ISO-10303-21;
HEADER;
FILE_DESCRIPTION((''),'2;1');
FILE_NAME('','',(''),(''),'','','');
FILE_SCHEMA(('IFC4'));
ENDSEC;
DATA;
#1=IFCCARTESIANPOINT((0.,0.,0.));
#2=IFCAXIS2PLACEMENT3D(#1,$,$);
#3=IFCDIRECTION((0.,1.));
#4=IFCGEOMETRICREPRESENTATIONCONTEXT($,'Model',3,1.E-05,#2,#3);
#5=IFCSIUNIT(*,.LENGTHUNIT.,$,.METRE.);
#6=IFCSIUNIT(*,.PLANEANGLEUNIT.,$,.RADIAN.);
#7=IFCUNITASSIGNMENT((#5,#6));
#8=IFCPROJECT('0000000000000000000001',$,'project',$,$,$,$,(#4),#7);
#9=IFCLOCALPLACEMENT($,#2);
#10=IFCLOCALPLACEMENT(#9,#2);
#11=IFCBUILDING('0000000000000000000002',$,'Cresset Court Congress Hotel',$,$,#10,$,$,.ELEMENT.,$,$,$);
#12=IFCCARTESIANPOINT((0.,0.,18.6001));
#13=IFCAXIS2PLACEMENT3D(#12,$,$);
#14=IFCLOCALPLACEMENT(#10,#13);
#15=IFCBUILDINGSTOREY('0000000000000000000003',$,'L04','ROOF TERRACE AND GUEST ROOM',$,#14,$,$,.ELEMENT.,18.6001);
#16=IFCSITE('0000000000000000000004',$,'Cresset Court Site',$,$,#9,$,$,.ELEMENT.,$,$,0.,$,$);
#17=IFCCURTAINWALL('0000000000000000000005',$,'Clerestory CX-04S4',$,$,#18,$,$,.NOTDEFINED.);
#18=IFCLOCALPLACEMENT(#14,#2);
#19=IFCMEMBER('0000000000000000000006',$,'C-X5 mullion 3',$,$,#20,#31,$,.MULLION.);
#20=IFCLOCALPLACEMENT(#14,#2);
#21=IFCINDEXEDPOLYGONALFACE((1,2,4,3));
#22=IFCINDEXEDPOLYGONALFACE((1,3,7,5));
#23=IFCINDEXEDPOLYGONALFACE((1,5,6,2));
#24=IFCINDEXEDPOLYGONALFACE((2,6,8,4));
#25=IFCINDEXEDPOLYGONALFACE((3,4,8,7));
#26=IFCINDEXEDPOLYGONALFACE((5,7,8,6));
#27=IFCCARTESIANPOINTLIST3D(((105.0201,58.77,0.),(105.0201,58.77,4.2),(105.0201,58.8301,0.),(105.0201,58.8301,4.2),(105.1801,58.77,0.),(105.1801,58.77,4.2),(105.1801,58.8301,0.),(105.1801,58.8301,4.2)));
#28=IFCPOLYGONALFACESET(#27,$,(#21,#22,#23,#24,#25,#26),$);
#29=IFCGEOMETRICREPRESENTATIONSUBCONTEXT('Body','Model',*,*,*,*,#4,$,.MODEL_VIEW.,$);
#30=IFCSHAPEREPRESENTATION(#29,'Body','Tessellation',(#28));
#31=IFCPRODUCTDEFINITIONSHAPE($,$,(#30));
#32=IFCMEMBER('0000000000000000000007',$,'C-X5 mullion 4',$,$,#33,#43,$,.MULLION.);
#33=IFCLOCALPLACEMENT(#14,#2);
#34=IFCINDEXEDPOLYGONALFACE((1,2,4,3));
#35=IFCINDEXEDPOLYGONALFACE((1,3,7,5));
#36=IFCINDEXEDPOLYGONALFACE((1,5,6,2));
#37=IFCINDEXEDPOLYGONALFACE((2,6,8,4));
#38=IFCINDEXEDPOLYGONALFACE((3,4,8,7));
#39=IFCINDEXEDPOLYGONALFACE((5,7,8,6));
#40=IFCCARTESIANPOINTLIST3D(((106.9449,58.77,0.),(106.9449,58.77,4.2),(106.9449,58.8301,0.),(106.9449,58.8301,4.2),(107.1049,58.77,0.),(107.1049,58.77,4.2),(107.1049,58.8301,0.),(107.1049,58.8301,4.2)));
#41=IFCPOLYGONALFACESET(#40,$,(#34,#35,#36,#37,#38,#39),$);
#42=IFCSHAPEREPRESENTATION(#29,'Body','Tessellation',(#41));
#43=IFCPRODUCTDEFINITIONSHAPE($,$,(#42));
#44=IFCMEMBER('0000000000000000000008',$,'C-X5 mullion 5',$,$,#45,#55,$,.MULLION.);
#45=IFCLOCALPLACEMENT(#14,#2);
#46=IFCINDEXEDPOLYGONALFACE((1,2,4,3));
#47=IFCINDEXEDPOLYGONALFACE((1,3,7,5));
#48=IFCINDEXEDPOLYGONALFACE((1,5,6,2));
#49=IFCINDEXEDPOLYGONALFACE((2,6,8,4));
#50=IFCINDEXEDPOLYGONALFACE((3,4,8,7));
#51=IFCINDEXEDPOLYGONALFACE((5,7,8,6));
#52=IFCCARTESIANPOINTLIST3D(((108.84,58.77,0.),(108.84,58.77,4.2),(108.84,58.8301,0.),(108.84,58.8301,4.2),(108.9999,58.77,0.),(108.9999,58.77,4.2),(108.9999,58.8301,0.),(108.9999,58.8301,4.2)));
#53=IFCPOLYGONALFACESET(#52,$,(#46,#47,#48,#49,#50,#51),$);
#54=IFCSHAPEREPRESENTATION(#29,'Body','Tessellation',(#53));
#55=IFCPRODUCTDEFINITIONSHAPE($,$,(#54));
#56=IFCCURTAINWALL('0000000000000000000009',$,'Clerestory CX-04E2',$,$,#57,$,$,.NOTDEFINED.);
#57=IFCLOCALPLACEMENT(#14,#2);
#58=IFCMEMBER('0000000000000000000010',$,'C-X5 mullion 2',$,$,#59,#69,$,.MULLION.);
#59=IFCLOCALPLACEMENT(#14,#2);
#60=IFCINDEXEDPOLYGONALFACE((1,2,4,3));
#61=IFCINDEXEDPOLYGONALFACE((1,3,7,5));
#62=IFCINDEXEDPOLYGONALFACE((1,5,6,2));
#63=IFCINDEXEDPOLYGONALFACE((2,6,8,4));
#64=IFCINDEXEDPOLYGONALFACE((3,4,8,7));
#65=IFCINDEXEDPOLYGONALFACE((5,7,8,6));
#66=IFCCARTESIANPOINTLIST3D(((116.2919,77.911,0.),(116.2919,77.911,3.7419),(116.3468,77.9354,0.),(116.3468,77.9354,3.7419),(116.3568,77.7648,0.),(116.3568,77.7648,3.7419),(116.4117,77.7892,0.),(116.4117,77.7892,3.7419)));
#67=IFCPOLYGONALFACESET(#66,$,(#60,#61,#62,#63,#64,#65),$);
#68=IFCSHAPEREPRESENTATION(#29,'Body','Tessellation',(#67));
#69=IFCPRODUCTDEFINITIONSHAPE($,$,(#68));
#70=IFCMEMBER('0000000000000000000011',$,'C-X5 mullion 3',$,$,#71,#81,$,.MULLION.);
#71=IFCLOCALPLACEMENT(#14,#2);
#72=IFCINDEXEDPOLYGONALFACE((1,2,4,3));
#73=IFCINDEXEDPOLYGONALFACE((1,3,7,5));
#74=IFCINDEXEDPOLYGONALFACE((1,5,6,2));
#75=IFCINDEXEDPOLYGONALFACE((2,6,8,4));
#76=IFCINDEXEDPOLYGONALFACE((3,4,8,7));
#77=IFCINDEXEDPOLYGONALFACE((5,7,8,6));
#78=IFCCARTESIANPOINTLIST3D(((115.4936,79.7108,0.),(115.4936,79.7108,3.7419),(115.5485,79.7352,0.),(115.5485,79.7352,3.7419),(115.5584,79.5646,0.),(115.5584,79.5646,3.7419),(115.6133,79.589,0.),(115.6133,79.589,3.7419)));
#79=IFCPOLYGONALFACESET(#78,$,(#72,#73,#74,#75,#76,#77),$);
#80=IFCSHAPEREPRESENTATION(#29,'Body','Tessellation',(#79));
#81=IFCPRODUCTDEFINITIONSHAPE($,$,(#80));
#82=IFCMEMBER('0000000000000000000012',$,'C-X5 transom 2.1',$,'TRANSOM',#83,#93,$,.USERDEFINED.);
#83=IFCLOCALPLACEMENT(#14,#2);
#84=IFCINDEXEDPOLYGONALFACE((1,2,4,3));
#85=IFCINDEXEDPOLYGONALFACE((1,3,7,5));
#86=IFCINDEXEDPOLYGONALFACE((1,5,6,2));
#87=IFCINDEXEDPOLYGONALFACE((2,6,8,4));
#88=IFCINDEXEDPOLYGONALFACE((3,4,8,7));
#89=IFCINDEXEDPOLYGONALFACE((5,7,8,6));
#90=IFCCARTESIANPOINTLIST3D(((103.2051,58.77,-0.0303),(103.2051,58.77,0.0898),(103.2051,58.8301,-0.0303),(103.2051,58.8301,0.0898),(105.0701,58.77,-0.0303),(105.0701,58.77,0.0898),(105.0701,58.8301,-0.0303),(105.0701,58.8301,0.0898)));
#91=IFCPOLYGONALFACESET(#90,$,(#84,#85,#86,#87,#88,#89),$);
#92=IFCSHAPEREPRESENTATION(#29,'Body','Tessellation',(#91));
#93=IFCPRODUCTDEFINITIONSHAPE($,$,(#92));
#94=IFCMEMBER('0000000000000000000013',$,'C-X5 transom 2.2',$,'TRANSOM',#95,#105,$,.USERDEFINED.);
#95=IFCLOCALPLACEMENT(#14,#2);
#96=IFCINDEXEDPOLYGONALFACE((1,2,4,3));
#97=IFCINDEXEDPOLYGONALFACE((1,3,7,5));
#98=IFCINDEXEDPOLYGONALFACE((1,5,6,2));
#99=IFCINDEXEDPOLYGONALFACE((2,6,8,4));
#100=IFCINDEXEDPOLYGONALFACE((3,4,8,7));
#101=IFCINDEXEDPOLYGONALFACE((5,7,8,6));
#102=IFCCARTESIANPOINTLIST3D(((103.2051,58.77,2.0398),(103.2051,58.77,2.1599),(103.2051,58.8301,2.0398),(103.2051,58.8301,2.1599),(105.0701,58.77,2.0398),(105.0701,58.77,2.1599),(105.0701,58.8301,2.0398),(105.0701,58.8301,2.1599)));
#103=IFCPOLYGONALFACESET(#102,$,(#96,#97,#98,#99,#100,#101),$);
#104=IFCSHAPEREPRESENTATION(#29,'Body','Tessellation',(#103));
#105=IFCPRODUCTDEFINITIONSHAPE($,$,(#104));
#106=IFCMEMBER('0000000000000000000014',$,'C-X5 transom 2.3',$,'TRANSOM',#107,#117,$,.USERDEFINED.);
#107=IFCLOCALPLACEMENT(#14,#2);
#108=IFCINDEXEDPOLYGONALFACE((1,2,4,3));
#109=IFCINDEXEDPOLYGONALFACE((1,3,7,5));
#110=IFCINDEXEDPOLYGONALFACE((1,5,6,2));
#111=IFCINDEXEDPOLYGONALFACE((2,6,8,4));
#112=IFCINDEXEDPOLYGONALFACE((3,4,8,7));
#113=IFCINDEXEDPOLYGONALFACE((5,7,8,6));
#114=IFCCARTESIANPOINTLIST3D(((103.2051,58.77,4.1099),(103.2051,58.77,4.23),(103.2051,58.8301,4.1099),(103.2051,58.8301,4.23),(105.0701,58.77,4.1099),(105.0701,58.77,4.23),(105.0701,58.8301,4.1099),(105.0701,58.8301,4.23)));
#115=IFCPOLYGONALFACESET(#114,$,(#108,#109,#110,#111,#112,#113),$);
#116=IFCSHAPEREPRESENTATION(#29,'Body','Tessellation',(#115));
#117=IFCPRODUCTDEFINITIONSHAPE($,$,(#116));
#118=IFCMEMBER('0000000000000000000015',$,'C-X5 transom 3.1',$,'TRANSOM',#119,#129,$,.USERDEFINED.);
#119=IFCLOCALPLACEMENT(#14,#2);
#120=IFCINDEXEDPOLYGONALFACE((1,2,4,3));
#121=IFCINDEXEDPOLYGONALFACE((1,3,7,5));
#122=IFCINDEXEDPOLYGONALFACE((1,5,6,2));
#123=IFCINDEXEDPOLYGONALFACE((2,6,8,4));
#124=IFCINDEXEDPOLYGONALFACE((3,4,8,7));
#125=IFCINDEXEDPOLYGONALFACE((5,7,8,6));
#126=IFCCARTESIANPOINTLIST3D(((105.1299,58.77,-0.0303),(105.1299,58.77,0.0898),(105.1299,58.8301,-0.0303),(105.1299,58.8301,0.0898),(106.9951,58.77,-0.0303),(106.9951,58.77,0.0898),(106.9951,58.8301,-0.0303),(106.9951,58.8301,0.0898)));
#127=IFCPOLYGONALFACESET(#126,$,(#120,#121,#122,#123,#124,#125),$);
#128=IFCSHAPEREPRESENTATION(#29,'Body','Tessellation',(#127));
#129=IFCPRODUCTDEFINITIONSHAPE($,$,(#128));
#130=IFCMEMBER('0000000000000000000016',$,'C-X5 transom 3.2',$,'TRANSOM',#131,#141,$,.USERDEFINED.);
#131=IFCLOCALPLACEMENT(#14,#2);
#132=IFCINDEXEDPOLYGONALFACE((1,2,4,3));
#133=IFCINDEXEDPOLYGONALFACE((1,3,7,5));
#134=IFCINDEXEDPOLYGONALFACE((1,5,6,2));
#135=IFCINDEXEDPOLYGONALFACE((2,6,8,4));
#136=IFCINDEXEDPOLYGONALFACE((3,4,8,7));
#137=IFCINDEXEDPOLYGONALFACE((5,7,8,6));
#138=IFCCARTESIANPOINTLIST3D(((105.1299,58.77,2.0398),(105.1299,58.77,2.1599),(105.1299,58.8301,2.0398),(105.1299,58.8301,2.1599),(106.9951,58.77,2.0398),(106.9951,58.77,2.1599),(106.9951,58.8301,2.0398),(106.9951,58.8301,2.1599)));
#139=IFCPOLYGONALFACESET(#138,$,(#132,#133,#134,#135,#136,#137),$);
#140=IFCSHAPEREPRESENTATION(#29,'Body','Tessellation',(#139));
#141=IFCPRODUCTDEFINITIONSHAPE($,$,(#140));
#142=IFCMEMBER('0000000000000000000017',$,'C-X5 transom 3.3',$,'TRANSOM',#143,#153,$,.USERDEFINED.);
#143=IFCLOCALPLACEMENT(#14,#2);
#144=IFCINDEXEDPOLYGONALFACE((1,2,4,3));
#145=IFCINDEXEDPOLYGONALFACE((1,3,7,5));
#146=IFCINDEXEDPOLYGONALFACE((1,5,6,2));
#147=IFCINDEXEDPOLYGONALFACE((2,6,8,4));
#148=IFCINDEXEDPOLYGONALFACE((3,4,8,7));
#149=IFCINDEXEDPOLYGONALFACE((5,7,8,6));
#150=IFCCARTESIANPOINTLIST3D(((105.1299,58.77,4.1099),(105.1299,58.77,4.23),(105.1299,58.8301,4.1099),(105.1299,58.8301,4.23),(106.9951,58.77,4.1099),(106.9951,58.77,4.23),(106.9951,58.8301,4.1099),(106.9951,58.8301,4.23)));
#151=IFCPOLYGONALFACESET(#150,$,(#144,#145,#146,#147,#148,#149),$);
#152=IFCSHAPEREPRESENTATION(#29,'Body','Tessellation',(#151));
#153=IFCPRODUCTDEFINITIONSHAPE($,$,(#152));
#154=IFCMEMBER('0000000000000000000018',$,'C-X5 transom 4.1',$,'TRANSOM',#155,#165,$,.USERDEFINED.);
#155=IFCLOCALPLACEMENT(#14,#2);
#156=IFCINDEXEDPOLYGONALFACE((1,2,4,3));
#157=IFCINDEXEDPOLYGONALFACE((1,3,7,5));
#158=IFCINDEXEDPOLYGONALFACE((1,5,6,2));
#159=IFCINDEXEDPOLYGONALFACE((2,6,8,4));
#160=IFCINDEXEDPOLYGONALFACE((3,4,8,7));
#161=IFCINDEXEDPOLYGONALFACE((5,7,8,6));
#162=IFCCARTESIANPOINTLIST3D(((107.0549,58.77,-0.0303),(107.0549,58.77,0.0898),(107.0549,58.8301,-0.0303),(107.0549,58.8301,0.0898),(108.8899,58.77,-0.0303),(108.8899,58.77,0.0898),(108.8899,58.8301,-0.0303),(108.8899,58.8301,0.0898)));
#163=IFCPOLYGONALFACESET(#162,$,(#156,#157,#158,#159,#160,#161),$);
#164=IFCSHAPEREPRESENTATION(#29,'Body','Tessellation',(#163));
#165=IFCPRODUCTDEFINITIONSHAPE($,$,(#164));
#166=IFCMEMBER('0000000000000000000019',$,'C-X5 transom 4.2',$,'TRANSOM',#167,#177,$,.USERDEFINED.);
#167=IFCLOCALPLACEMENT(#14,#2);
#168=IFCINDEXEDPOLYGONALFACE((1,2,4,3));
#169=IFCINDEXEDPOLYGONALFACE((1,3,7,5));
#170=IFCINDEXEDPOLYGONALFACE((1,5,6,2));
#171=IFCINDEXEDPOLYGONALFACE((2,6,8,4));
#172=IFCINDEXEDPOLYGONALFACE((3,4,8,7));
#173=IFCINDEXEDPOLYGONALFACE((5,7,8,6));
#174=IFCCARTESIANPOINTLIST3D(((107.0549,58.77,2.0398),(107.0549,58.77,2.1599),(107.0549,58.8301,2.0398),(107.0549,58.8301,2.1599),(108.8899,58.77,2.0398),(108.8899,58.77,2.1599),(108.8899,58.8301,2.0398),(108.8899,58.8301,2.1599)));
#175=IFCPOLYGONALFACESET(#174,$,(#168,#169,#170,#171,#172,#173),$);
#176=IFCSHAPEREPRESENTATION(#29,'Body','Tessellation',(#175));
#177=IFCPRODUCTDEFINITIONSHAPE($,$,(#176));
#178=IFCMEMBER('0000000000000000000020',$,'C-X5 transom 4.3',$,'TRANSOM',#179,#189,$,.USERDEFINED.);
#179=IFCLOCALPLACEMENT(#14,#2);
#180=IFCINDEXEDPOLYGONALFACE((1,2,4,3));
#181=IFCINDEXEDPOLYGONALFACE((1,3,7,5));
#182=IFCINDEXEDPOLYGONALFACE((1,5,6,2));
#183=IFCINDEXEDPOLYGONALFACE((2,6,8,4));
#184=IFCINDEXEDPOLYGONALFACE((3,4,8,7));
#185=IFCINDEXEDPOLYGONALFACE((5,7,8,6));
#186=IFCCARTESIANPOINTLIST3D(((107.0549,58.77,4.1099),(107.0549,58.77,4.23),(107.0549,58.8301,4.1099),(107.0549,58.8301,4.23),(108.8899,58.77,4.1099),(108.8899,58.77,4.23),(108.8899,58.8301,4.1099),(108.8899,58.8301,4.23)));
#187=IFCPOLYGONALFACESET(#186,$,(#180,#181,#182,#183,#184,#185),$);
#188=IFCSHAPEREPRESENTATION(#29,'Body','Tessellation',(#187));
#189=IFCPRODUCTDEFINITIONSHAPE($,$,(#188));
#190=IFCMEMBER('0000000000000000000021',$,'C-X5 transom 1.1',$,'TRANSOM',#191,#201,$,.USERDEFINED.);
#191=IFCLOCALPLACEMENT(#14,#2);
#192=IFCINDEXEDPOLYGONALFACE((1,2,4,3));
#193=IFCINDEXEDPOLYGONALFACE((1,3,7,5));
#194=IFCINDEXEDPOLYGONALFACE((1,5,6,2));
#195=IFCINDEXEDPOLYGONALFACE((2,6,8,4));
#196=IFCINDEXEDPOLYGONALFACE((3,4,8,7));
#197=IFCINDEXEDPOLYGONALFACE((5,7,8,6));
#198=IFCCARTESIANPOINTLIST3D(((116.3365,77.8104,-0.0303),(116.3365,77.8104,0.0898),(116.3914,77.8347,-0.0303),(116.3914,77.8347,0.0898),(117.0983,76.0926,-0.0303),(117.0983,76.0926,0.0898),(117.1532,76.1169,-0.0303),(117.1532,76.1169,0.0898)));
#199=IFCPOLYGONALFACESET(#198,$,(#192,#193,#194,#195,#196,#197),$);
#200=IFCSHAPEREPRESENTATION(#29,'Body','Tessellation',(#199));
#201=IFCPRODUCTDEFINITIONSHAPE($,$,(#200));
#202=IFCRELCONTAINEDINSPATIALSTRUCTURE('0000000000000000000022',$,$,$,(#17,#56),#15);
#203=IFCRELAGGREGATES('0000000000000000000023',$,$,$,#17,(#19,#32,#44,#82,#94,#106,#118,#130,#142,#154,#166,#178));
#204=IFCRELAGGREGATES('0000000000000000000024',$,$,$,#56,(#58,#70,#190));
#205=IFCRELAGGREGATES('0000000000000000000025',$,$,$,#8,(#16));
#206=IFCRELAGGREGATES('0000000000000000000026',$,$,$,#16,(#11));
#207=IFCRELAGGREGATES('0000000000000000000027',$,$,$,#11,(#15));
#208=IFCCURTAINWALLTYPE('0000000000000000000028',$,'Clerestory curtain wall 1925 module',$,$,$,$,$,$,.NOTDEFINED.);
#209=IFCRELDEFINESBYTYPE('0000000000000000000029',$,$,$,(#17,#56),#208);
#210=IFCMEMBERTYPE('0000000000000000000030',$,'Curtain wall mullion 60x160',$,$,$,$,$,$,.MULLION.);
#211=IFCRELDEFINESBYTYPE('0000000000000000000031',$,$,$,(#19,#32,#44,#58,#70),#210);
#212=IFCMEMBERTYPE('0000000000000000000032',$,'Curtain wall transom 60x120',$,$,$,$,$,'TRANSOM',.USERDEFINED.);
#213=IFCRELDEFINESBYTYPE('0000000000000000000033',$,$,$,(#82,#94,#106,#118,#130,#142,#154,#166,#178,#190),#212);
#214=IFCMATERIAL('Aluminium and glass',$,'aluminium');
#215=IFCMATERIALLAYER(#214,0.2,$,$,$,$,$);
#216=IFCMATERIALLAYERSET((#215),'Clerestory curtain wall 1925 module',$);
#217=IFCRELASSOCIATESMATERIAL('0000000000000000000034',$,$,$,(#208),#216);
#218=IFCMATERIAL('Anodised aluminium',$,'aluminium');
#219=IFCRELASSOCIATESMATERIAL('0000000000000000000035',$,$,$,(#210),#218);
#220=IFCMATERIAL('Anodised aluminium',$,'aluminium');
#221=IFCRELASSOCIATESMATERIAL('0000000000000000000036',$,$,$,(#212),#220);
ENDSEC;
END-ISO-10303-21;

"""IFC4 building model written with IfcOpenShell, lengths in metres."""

from ifc_helpers import new_model, si_unit, direction, frame, origin, origin_2d, place, context, subcontext, project, spatial, rectangle, extrude, material, layer, layer_set, material_profile, profile_set, type_object, element, aggregate, save


model = new_model("IFC4")

# Units and contexts
model_context = context("Model", 3, precision=1e-05, world=origin(), true_north=direction((0.0, 1.0)))
body_context = subcontext(model_context, "Body", "Model", "MODEL_VIEW")
ifc_project = project(units=[si_unit("LENGTHUNIT", "METRE"), si_unit("PLANEANGLEUNIT", "RADIAN")], contexts=[model_context])

# Site, building, storey
site_placement = place(None, origin())
site = spatial("IfcSite", under=ifc_project, at=site_placement, Name="Cresset Court Site", CompositionType="ELEMENT", RefElevation=0.0)
building_placement = place(site_placement, origin())
building = spatial("IfcBuilding", under=site, at=building_placement, Name="Cresset Court Congress Hotel", CompositionType="ELEMENT")
storey_placement = place(building_placement, frame((0.0, 0.0, 18.6001)))
storey = spatial("IfcBuildingStorey", under=building, at=storey_placement, Name="L04", Description="ROOF TERRACE AND GUEST ROOM", CompositionType="ELEMENT", Elevation=18.6001)

# Curtain walls, members
ifc_material_1 = material(Name="Aluminium and glass", Category="aluminium")
ifc_layer_1 = layer(ifc_material_1, 0.2)
ifc_layer_set_1 = layer_set([ifc_layer_1], Name="Clerestory curtain wall 1925 module")
curtain_wall_type = type_object("IfcCurtainWallType", Name="Clerestory curtain wall 1925 module", PredefinedType="NOTDEFINED", material=ifc_layer_set_1)
curtain_wall_1_placement = place(storey_placement, origin())
curtain_wall_1 = element("IfcCurtainWall", 1, at=curtain_wall_1_placement, inside=storey, type_object=curtain_wall_type, Name="Clerestory CX-04S4", PredefinedType="NOTDEFINED")
ifc_material_2 = material(Name="Anodised aluminium", Category="aluminium")
ifc_material_profile_1 = material_profile(ifc_material_2, rectangle(XDim=0.0601, YDim=0.1599, at=origin_2d()), Name="AL60x160")
ifc_profile_set_1 = profile_set([ifc_material_profile_1], Name="Anodised aluminium")
member_type_1 = type_object("IfcMemberType", Name="Curtain wall mullion 60x160", PredefinedType="MULLION", material=ifc_profile_set_1)
member_1_placement = place(storey_placement, frame((105.1001, 58.8, 0.0), z_axis=(0.0, 0.0, 1.0), x_axis=(0.0, 1.0, 0.0)))
member_1 = element("IfcMember", 2, at=member_1_placement, type_object=member_type_1, Name="C-X5 mullion 3", PredefinedType="MULLION", context=body_context, shape_type="SweptSolid", body=[
    extrude(rectangle(XDim=0.0601, YDim=0.1599, at=origin_2d()), origin(), (0.0, 0.0, 1.0), 4.2),
])
member_2_placement = place(storey_placement, frame((107.0249, 58.8, 0.0), z_axis=(0.0, 0.0, 1.0), x_axis=(0.0, 1.0, 0.0)))
member_2 = element("IfcMember", 3, at=member_2_placement, type_object=member_type_1, Name="C-X5 mullion 4", PredefinedType="MULLION", context=body_context, shape_type="SweptSolid", body=[
    extrude(rectangle(XDim=0.0601, YDim=0.1599, at=origin_2d()), origin(), (0.0, 0.0, 1.0), 4.2),
])
member_3_placement = place(storey_placement, frame((108.9199, 58.8, 0.0), z_axis=(0.0, 0.0, 1.0), x_axis=(0.0, 1.0, 0.0)))
member_3 = element("IfcMember", 4, at=member_3_placement, type_object=member_type_1, Name="C-X5 mullion 5", PredefinedType="MULLION", context=body_context, shape_type="SweptSolid", body=[
    extrude(rectangle(XDim=0.0601, YDim=0.1599, at=origin_2d()), origin(), (0.0, 0.0, 1.0), 4.2),
])
curtain_wall_2_placement = place(storey_placement, origin())
curtain_wall_2 = element("IfcCurtainWall", 5, at=curtain_wall_2_placement, inside=storey, type_object=curtain_wall_type, Name="Clerestory CX-04E2", PredefinedType="NOTDEFINED")
member_4_placement = place(storey_placement, frame((116.3518, 77.8501, 0.0), z_axis=(0.0, 0.0, 1.0), x_axis=(-0.914148, -0.405381, 0.0)))
member_4 = element("IfcMember", 6, at=member_4_placement, type_object=member_type_1, Name="C-X5 mullion 2", PredefinedType="MULLION", context=body_context, shape_type="SweptSolid", body=[
    extrude(rectangle(XDim=0.0601, YDim=0.1599, at=origin_2d()), origin(), (0.0, 0.0, 1.0), 3.7419),
])
member_5_placement = place(storey_placement, frame((115.5535, 79.6499, 0.0), z_axis=(0.0, 0.0, 1.0), x_axis=(-0.914148, -0.405381, 0.0)))
member_5 = element("IfcMember", 7, at=member_5_placement, type_object=member_type_1, Name="C-X5 mullion 3", PredefinedType="MULLION", context=body_context, shape_type="SweptSolid", body=[
    extrude(rectangle(XDim=0.0601, YDim=0.1599, at=origin_2d()), origin(), (0.0, 0.0, 1.0), 3.7419),
])

# Members
ifc_material_3 = material(Name="Anodised aluminium", Category="aluminium")
ifc_material_profile_2 = material_profile(ifc_material_3, rectangle(XDim=0.0601, YDim=0.1201, at=origin_2d()), Name="AL60x120")
ifc_profile_set_2 = profile_set([ifc_material_profile_2], Name="Anodised aluminium")
member_type_2 = type_object("IfcMemberType", Name="Curtain wall transom 60x120", ElementType="TRANSOM", PredefinedType="USERDEFINED", material=ifc_profile_set_2)
member_6_placement = place(storey_placement, frame((103.2051, 58.8, 0.0298), z_axis=(1.0, 0.0, 0.0), x_axis=(0.0, 1.0, 0.0)))
member_6 = element("IfcMember", 8, at=member_6_placement, type_object=member_type_2, Name="C-X5 transom 2.1", ObjectType="TRANSOM", PredefinedType="USERDEFINED", context=body_context, shape_type="SweptSolid", body=[
    extrude(rectangle(XDim=0.0601, YDim=0.1201, at=origin_2d()), origin(), (0.0, 0.0, 1.0), 1.865),
])
member_7_placement = place(storey_placement, frame((103.2051, 58.8, 2.0999), z_axis=(1.0, 0.0, 0.0), x_axis=(0.0, 1.0, 0.0)))
member_7 = element("IfcMember", 9, at=member_7_placement, type_object=member_type_2, Name="C-X5 transom 2.2", ObjectType="TRANSOM", PredefinedType="USERDEFINED", context=body_context, shape_type="SweptSolid", body=[
    extrude(rectangle(XDim=0.0601, YDim=0.1201, at=origin_2d()), origin(), (0.0, 0.0, 1.0), 1.865),
])
member_8_placement = place(storey_placement, frame((103.2051, 58.8, 4.1699), z_axis=(1.0, 0.0, 0.0), x_axis=(0.0, 1.0, 0.0)))
member_8 = element("IfcMember", 10, at=member_8_placement, type_object=member_type_2, Name="C-X5 transom 2.3", ObjectType="TRANSOM", PredefinedType="USERDEFINED", context=body_context, shape_type="SweptSolid", body=[
    extrude(rectangle(XDim=0.0601, YDim=0.1201, at=origin_2d()), origin(), (0.0, 0.0, 1.0), 1.865),
])
member_9_placement = place(storey_placement, frame((105.1299, 58.8, 0.0298), z_axis=(1.0, 0.0, 0.0), x_axis=(0.0, 1.0, 0.0)))
member_9 = element("IfcMember", 11, at=member_9_placement, type_object=member_type_2, Name="C-X5 transom 3.1", ObjectType="TRANSOM", PredefinedType="USERDEFINED", context=body_context, shape_type="SweptSolid", body=[
    extrude(rectangle(XDim=0.0601, YDim=0.1201, at=origin_2d()), origin(), (0.0, 0.0, 1.0), 1.8652),
])
member_10_placement = place(storey_placement, frame((105.1299, 58.8, 2.0999), z_axis=(1.0, 0.0, 0.0), x_axis=(0.0, 1.0, 0.0)))
member_10 = element("IfcMember", 12, at=member_10_placement, type_object=member_type_2, Name="C-X5 transom 3.2", ObjectType="TRANSOM", PredefinedType="USERDEFINED", context=body_context, shape_type="SweptSolid", body=[
    extrude(rectangle(XDim=0.0601, YDim=0.1201, at=origin_2d()), origin(), (0.0, 0.0, 1.0), 1.8652),
])
member_11_placement = place(storey_placement, frame((105.1299, 58.8, 4.1699), z_axis=(1.0, 0.0, 0.0), x_axis=(0.0, 1.0, 0.0)))
member_11 = element("IfcMember", 13, at=member_11_placement, type_object=member_type_2, Name="C-X5 transom 3.3", ObjectType="TRANSOM", PredefinedType="USERDEFINED", context=body_context, shape_type="SweptSolid", body=[
    extrude(rectangle(XDim=0.0601, YDim=0.1201, at=origin_2d()), origin(), (0.0, 0.0, 1.0), 1.8652),
])
member_12_placement = place(storey_placement, frame((107.0549, 58.8, 0.0298), z_axis=(1.0, 0.0, 0.0), x_axis=(0.0, 1.0, 0.0)))
member_12 = element("IfcMember", 14, at=member_12_placement, type_object=member_type_2, Name="C-X5 transom 4.1", ObjectType="TRANSOM", PredefinedType="USERDEFINED", context=body_context, shape_type="SweptSolid", body=[
    extrude(rectangle(XDim=0.0601, YDim=0.1201, at=origin_2d()), origin(), (0.0, 0.0, 1.0), 1.835),
])
member_13_placement = place(storey_placement, frame((107.0549, 58.8, 2.0999), z_axis=(1.0, 0.0, 0.0), x_axis=(0.0, 1.0, 0.0)))
member_13 = element("IfcMember", 15, at=member_13_placement, type_object=member_type_2, Name="C-X5 transom 4.2", ObjectType="TRANSOM", PredefinedType="USERDEFINED", context=body_context, shape_type="SweptSolid", body=[
    extrude(rectangle(XDim=0.0601, YDim=0.1201, at=origin_2d()), origin(), (0.0, 0.0, 1.0), 1.835),
])
member_14_placement = place(storey_placement, frame((107.0549, 58.8, 4.1699), z_axis=(1.0, 0.0, 0.0), x_axis=(0.0, 1.0, 0.0)))
member_14 = element("IfcMember", 16, at=member_14_placement, type_object=member_type_2, Name="C-X5 transom 4.3", ObjectType="TRANSOM", PredefinedType="USERDEFINED", context=body_context, shape_type="SweptSolid", body=[
    extrude(rectangle(XDim=0.0601, YDim=0.1201, at=origin_2d()), origin(), (0.0, 0.0, 1.0), 1.835),
])
member_15_placement = place(storey_placement, frame((117.1257, 76.1047, 0.0298), z_axis=(-0.405367, 0.914154, 0.0), x_axis=(-0.914154, -0.405367, 0.0)))
member_15 = element("IfcMember", 17, at=member_15_placement, type_object=member_type_2, Name="C-X5 transom 1.1", ObjectType="TRANSOM", PredefinedType="USERDEFINED", context=body_context, shape_type="SweptSolid", body=[
    extrude(rectangle(XDim=0.0601, YDim=0.1201, at=origin_2d()), origin(), (0.0, 0.0, 1.0), 1.8792),
])

aggregate(curtain_wall_1, [member_1, member_2, member_3, member_6, member_7, member_8, member_9, member_10, member_11, member_12, member_13, member_14])
aggregate(curtain_wall_2, [member_4, member_5, member_15])

save(model, "model.ifc")
